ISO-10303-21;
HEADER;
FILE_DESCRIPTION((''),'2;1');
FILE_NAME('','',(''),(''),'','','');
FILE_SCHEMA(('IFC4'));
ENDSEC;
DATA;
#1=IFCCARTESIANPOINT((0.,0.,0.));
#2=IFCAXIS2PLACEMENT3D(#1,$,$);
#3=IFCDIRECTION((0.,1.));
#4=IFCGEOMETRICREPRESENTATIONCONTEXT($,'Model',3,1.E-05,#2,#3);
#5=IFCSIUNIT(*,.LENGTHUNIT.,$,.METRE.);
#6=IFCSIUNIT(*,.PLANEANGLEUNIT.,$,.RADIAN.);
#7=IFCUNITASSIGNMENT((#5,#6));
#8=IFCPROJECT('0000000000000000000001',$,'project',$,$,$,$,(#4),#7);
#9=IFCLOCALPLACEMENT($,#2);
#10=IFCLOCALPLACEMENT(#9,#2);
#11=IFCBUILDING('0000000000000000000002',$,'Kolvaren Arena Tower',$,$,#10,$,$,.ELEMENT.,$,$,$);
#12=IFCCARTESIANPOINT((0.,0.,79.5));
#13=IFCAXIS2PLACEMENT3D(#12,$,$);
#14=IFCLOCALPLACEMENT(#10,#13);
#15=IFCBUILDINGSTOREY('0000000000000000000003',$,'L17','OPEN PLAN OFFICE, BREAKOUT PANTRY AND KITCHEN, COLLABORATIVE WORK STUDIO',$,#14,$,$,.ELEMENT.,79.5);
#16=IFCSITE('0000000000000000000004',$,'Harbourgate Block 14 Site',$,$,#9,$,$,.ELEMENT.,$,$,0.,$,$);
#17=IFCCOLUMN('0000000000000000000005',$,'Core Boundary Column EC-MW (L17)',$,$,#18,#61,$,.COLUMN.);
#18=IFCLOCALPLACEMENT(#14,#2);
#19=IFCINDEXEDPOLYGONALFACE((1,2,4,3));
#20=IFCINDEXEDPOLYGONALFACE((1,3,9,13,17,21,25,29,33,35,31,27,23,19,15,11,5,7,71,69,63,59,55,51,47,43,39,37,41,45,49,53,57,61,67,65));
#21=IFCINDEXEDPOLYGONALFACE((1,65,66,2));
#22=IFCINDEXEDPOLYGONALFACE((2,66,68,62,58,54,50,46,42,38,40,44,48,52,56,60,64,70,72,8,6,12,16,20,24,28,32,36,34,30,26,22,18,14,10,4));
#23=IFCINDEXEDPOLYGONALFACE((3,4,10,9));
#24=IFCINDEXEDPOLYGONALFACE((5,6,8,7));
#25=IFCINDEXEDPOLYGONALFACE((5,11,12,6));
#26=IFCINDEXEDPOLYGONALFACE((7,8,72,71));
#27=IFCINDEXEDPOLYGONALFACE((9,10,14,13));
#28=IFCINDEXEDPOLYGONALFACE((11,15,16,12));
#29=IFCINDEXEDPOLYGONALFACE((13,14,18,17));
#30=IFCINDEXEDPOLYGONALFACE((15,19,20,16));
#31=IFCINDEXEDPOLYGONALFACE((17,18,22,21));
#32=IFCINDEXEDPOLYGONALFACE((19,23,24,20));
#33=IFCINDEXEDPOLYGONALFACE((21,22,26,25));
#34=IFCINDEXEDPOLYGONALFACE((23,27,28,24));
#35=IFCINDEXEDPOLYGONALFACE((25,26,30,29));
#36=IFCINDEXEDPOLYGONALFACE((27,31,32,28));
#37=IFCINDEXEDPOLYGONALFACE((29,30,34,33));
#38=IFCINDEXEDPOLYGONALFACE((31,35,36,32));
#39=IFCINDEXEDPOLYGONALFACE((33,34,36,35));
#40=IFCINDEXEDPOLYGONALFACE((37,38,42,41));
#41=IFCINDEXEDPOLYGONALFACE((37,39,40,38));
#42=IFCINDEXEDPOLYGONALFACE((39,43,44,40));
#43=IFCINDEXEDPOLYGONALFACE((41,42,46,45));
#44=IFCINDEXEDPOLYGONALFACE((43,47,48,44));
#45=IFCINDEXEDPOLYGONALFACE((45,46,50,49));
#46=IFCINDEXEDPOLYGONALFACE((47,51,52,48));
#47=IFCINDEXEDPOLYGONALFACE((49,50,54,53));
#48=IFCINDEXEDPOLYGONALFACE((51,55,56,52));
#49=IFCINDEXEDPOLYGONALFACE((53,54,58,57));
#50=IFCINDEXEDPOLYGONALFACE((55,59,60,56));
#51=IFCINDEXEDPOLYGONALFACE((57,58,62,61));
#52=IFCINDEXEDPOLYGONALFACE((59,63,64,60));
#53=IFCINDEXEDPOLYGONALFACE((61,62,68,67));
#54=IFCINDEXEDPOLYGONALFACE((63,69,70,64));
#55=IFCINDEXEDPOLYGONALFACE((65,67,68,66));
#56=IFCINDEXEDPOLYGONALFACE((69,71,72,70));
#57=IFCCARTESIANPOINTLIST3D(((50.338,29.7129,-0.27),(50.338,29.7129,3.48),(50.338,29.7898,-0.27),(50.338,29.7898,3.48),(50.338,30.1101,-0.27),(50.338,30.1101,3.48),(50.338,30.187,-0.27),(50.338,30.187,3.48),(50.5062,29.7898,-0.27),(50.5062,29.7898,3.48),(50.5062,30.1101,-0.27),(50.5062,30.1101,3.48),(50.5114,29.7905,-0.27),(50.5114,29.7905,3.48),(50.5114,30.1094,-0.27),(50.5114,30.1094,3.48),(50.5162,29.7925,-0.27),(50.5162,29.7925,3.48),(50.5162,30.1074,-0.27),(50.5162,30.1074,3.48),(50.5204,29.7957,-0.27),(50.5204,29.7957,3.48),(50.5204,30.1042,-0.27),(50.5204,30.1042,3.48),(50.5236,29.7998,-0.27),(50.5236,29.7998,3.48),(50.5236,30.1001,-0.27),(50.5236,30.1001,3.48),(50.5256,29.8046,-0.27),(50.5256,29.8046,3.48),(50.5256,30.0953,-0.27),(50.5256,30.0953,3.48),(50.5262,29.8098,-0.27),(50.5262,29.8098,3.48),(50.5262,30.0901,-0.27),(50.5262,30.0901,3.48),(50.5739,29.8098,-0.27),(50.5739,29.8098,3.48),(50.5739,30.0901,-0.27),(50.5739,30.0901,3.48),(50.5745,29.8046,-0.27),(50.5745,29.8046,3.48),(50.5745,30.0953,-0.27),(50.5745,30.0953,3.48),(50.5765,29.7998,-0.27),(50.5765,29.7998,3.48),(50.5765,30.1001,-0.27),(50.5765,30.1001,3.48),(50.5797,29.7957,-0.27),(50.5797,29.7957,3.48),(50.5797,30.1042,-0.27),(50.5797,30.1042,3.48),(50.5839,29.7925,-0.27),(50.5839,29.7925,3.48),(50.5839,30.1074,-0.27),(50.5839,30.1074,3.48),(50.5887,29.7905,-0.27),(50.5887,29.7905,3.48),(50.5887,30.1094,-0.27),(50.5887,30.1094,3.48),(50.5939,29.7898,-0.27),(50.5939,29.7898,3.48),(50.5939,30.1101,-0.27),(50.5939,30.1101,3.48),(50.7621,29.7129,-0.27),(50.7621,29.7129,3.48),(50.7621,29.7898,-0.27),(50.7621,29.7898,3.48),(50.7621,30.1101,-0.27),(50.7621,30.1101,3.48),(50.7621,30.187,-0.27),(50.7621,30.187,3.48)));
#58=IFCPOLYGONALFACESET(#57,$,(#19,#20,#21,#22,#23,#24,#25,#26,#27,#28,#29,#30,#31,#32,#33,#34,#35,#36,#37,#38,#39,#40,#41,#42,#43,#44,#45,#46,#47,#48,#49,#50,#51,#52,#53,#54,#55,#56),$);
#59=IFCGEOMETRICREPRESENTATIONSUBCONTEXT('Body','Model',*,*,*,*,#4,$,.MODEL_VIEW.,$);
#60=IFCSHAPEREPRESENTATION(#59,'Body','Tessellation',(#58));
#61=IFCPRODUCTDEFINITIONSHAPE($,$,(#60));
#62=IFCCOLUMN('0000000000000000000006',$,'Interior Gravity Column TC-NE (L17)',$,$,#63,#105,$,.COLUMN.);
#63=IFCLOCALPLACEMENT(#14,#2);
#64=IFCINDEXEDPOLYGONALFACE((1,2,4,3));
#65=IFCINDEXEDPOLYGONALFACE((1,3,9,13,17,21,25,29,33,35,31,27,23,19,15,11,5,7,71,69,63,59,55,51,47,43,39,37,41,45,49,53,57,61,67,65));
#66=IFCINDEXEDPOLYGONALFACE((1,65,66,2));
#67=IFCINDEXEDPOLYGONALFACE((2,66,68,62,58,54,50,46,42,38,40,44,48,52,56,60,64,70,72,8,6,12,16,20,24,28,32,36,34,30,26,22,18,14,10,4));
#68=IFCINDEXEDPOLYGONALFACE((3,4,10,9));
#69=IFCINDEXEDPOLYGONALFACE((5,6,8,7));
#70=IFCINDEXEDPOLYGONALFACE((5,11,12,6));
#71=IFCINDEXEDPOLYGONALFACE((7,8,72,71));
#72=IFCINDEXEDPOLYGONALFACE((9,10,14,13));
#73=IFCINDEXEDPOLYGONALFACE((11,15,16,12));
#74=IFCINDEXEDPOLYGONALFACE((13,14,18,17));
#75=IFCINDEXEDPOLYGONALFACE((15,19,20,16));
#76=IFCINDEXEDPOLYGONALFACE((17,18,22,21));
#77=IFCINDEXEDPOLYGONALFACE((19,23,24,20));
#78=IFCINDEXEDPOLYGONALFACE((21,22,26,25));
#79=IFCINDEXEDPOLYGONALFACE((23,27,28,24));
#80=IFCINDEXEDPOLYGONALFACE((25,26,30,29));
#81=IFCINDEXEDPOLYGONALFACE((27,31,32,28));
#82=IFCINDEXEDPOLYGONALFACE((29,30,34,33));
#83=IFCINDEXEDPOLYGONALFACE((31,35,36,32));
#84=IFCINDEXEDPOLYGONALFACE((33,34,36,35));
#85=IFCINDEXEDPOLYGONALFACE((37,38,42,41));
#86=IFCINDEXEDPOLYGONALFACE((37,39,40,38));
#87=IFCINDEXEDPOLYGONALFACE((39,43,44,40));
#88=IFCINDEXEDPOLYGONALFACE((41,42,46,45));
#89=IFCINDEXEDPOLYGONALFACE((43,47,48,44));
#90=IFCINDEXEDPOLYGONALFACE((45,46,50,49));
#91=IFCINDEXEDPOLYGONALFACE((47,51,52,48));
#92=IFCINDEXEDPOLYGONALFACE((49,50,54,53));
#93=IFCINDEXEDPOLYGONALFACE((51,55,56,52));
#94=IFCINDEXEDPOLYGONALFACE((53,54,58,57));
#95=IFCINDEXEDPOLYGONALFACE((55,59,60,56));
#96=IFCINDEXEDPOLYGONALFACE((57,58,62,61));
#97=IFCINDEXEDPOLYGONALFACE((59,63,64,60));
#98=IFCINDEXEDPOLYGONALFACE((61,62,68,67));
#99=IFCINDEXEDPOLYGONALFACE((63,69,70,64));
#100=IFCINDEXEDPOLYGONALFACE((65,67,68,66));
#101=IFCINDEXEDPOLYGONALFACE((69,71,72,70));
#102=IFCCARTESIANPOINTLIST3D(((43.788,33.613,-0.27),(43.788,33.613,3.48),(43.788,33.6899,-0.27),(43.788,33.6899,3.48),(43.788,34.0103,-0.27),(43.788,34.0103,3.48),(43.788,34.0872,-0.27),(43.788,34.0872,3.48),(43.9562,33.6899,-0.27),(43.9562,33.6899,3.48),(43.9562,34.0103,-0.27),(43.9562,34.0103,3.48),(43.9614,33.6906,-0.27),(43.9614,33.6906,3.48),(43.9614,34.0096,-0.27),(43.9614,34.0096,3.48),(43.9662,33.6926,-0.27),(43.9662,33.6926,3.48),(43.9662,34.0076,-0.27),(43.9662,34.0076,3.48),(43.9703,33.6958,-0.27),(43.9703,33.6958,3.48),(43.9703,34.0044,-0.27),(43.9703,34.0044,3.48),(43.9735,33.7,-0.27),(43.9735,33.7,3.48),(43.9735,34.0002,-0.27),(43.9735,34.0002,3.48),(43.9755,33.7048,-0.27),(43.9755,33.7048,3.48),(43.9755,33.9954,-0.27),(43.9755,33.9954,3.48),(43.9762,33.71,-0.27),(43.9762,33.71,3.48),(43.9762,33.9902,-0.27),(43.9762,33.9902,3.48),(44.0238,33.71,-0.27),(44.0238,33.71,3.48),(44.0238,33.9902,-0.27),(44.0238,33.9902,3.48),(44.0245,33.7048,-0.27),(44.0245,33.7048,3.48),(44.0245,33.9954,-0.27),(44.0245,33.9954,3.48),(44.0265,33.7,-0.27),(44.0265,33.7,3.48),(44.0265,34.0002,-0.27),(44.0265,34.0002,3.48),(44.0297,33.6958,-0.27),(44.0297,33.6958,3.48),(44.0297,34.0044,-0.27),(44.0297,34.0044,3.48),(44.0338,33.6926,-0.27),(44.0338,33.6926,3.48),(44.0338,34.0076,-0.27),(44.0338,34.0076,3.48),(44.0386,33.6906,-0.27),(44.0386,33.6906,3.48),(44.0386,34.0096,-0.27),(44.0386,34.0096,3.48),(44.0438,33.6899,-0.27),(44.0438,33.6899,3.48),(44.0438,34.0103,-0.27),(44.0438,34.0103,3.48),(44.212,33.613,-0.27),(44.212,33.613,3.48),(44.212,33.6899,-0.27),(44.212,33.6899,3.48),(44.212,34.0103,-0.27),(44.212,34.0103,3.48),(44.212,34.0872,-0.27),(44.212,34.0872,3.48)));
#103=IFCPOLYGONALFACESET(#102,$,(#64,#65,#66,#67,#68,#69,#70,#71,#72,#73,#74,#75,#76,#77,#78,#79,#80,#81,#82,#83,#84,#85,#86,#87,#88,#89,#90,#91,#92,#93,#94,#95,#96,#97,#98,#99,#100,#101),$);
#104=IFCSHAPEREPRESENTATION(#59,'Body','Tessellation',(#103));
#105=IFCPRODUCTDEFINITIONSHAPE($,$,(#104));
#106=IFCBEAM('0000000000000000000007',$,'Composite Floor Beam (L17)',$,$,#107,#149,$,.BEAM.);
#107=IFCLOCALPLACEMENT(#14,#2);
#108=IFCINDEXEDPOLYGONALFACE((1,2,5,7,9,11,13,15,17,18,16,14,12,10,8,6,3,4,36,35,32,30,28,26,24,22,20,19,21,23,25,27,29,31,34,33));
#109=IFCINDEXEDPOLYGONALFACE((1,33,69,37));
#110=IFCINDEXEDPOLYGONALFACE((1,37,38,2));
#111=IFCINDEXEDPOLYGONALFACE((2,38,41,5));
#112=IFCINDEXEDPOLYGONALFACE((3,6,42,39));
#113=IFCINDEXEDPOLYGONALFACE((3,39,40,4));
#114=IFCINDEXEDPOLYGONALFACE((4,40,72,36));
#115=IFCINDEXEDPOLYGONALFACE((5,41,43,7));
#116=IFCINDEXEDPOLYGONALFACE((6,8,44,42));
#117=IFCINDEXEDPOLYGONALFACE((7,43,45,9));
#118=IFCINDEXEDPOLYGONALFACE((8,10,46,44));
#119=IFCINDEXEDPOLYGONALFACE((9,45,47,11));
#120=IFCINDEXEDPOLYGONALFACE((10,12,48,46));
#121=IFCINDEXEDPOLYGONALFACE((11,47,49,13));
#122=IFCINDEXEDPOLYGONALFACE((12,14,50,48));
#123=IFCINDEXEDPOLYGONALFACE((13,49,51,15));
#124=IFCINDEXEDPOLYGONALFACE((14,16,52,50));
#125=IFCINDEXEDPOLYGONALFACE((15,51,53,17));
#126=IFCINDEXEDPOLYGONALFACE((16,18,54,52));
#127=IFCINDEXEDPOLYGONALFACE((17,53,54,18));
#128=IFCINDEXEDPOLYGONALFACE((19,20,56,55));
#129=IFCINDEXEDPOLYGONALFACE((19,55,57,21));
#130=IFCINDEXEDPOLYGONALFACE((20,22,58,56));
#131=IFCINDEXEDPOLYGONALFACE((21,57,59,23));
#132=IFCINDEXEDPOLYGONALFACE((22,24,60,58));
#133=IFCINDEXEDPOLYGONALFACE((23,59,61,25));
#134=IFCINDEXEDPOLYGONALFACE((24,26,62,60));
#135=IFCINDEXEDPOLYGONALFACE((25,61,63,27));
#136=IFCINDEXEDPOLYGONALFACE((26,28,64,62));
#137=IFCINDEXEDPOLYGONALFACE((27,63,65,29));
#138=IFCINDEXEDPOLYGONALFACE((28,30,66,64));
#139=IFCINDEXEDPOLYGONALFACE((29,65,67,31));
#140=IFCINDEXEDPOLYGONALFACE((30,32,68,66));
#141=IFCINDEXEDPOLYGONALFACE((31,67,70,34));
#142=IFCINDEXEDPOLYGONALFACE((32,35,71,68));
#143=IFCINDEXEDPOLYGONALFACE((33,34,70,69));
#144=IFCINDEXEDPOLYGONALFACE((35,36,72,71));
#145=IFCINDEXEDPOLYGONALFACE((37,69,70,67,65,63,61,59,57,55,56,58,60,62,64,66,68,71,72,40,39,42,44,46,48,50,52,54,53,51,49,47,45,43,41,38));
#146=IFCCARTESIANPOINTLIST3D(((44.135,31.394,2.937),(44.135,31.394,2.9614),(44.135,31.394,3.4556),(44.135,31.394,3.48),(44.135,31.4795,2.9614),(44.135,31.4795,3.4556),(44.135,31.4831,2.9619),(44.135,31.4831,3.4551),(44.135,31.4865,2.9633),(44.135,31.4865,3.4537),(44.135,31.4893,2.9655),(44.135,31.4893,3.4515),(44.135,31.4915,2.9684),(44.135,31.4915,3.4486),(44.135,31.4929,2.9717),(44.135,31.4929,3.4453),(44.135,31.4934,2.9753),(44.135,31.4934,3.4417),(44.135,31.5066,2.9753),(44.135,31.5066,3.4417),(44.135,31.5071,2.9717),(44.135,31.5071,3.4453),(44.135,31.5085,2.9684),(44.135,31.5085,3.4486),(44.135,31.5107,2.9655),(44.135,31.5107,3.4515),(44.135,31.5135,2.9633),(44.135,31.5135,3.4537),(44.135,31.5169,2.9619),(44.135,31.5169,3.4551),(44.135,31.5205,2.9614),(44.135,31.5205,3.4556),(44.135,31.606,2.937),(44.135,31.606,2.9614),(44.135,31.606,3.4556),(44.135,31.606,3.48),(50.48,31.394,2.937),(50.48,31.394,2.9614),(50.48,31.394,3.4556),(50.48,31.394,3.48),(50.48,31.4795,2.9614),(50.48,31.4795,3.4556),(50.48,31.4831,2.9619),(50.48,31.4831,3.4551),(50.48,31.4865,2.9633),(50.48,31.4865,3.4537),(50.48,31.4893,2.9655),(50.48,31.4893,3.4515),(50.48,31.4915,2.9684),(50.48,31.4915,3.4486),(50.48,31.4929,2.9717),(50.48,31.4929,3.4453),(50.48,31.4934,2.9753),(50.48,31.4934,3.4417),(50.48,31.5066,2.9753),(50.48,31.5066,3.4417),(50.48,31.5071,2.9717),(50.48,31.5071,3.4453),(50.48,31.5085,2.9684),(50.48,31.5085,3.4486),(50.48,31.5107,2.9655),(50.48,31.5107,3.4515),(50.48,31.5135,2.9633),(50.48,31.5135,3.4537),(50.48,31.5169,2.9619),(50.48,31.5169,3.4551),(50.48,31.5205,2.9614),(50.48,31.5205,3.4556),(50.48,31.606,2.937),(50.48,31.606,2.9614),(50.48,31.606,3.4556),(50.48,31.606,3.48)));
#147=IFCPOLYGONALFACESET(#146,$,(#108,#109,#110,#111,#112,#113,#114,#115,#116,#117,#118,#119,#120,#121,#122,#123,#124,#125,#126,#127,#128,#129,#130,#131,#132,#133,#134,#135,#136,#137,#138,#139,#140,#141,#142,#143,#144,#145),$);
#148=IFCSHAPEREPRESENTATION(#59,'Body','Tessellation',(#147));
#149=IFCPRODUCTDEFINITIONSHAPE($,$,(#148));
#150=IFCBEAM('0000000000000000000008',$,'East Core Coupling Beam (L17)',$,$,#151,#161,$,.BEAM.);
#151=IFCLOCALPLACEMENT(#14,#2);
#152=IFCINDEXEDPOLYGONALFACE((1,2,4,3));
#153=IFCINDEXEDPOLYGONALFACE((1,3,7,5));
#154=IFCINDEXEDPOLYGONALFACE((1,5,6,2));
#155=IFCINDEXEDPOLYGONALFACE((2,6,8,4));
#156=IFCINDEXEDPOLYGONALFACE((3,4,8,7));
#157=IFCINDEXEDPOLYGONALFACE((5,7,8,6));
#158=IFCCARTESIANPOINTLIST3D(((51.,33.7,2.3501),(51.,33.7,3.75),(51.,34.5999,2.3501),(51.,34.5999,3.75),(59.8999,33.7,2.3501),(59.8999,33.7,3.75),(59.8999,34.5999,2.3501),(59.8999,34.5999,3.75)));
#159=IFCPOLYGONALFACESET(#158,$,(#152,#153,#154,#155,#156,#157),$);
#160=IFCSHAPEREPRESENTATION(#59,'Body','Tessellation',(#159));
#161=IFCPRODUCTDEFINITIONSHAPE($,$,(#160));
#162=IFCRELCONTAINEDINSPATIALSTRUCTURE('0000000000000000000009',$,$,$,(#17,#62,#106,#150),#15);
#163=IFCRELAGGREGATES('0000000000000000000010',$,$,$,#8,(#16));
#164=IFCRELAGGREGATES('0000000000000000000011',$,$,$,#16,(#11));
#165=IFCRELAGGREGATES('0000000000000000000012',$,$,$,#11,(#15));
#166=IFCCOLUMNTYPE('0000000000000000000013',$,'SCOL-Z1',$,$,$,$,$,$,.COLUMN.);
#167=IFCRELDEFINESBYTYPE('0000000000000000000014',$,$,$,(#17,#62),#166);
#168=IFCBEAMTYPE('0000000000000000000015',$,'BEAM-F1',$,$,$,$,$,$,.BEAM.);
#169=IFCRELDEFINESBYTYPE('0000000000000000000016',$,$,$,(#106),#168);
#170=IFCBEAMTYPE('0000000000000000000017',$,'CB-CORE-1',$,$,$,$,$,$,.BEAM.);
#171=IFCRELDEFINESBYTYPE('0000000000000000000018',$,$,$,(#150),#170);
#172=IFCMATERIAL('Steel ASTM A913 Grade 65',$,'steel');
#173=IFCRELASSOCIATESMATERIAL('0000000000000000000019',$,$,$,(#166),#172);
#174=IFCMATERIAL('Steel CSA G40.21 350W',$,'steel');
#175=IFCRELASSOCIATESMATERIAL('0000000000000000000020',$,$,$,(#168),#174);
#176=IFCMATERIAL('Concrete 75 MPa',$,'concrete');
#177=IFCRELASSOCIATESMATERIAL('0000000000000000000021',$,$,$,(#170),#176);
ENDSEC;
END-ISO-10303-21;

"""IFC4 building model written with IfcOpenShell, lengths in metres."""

from ifc_helpers import new_model, si_unit, direction, frame, origin, origin_2d, place, context, subcontext, project, spatial, rectangle, i_section, extrude, material, material_profile, profile_set, type_object, element, save


model = new_model("IFC4")

# Units and contexts
model_context = context("Model", 3, precision=1e-05, world=origin(), true_north=direction((0.0, 1.0)))
body_context = subcontext(model_context, "Body", "Model", "MODEL_VIEW")
ifc_project = project(units=[si_unit("LENGTHUNIT", "METRE"), si_unit("PLANEANGLEUNIT", "RADIAN")], contexts=[model_context])

# Site, building, storey
site_placement = place(None, origin())
site = spatial("IfcSite", under=ifc_project, at=site_placement, Name="Harbourgate Block 14 Site", CompositionType="ELEMENT", RefElevation=0.0)
building_placement = place(site_placement, origin())
building = spatial("IfcBuilding", under=site, at=building_placement, Name="Kolvaren Arena Tower", CompositionType="ELEMENT")
storey_placement = place(building_placement, frame((0.0, 0.0, 79.5)))
storey = spatial("IfcBuildingStorey", under=building, at=storey_placement, Name="L17", Description="OPEN PLAN OFFICE, BREAKOUT PANTRY AND KITCHEN, COLLABORATIVE WORK STUDIO", CompositionType="ELEMENT", Elevation=79.5)

# Columns
ifc_material_1 = material(Name="Steel ASTM A913 Grade 65", Category="steel")
ifc_material_profile_1 = material_profile(ifc_material_1, i_section(OverallWidth=0.4241, OverallDepth=0.4741, WebThickness=0.0476, FlangeThickness=0.0769, FilletRadius=0.02, at=origin_2d()), Name="W360x634")
ifc_profile_set_1 = profile_set([ifc_material_profile_1], Name="Steel ASTM A913 Grade 65")
column_type = type_object("IfcColumnType", Name="SCOL-Z1", PredefinedType="COLUMN", material=ifc_profile_set_1)
for number, where, z_axis, x_axis, name in (
    (1, (50.55, 29.95, -0.27), (0.0, 0.0, 1.0), (1.0, 0.0, 0.0), "Core Boundary Column EC-MW (L17)"),
    (2, (44.0, 33.8501, -0.27), (0.0, 0.0, 1.0), (1.0, 0.0, 0.0), "Interior Gravity Column TC-NE (L17)"),
):
    element("IfcColumn", number, at=place(storey_placement, frame(where, z_axis=z_axis, x_axis=x_axis)), inside=storey, type_object=column_type, Name=name, PredefinedType="COLUMN", context=body_context, shape_type="SweptSolid", body=[
        extrude(i_section(OverallWidth=0.4241, OverallDepth=0.4741, WebThickness=0.0476, FlangeThickness=0.0769, FilletRadius=0.02, at=origin_2d()), origin(), (0.0, 0.0, 1.0), 3.75),
    ])

# Beams
ifc_material_2 = material(Name="Steel CSA G40.21 350W", Category="steel")
ifc_material_profile_2 = material_profile(ifc_material_2, i_section(OverallWidth=0.2119, OverallDepth=0.543, WebThickness=0.0132, FlangeThickness=0.0244, FilletRadius=0.0139, at=origin_2d()), Name="W530x150")
ifc_profile_set_2 = profile_set([ifc_material_profile_2], Name="Steel CSA G40.21 350W")
beam_type_1 = type_object("IfcBeamType", Name="BEAM-F1", PredefinedType="BEAM", material=ifc_profile_set_2)
beam_1_placement = place(storey_placement, frame((44.135, 31.5, 3.2085), z_axis=(1.0, 0.0, 0.0), x_axis=(0.0, 1.0, 0.0)))
element("IfcBeam", 3, at=beam_1_placement, inside=storey, type_object=beam_type_1, Name="Composite Floor Beam (L17)", PredefinedType="BEAM", context=body_context, shape_type="SweptSolid", body=[
    extrude(i_section(OverallWidth=0.2119, OverallDepth=0.543, WebThickness=0.0132, FlangeThickness=0.0244, FilletRadius=0.0139, at=origin_2d()), origin(), (0.0, 0.0, 1.0), 6.345),
])
ifc_material_3 = material(Name="Concrete 75 MPa", Category="concrete")
ifc_material_profile_3 = material_profile(ifc_material_3, rectangle(XDim=0.8999, YDim=1.3999, at=origin_2d()), Name="RC-900x1400")
ifc_profile_set_3 = profile_set([ifc_material_profile_3], Name="Concrete 75 MPa")
beam_type_2 = type_object("IfcBeamType", Name="CB-CORE-1", PredefinedType="BEAM", material=ifc_profile_set_3)
beam_2_placement = place(storey_placement, frame((51.0, 34.1499, 3.05), z_axis=(1.0, 0.0, 0.0), x_axis=(0.0, 1.0, 0.0)))
element("IfcBeam", 4, at=beam_2_placement, inside=storey, type_object=beam_type_2, Name="East Core Coupling Beam (L17)", PredefinedType="BEAM", context=body_context, shape_type="SweptSolid", body=[
    extrude(rectangle(XDim=0.8999, YDim=1.3999, at=origin_2d()), origin(), (0.0, 0.0, 1.0), 8.8999),
])

save(model, "model.ifc")
